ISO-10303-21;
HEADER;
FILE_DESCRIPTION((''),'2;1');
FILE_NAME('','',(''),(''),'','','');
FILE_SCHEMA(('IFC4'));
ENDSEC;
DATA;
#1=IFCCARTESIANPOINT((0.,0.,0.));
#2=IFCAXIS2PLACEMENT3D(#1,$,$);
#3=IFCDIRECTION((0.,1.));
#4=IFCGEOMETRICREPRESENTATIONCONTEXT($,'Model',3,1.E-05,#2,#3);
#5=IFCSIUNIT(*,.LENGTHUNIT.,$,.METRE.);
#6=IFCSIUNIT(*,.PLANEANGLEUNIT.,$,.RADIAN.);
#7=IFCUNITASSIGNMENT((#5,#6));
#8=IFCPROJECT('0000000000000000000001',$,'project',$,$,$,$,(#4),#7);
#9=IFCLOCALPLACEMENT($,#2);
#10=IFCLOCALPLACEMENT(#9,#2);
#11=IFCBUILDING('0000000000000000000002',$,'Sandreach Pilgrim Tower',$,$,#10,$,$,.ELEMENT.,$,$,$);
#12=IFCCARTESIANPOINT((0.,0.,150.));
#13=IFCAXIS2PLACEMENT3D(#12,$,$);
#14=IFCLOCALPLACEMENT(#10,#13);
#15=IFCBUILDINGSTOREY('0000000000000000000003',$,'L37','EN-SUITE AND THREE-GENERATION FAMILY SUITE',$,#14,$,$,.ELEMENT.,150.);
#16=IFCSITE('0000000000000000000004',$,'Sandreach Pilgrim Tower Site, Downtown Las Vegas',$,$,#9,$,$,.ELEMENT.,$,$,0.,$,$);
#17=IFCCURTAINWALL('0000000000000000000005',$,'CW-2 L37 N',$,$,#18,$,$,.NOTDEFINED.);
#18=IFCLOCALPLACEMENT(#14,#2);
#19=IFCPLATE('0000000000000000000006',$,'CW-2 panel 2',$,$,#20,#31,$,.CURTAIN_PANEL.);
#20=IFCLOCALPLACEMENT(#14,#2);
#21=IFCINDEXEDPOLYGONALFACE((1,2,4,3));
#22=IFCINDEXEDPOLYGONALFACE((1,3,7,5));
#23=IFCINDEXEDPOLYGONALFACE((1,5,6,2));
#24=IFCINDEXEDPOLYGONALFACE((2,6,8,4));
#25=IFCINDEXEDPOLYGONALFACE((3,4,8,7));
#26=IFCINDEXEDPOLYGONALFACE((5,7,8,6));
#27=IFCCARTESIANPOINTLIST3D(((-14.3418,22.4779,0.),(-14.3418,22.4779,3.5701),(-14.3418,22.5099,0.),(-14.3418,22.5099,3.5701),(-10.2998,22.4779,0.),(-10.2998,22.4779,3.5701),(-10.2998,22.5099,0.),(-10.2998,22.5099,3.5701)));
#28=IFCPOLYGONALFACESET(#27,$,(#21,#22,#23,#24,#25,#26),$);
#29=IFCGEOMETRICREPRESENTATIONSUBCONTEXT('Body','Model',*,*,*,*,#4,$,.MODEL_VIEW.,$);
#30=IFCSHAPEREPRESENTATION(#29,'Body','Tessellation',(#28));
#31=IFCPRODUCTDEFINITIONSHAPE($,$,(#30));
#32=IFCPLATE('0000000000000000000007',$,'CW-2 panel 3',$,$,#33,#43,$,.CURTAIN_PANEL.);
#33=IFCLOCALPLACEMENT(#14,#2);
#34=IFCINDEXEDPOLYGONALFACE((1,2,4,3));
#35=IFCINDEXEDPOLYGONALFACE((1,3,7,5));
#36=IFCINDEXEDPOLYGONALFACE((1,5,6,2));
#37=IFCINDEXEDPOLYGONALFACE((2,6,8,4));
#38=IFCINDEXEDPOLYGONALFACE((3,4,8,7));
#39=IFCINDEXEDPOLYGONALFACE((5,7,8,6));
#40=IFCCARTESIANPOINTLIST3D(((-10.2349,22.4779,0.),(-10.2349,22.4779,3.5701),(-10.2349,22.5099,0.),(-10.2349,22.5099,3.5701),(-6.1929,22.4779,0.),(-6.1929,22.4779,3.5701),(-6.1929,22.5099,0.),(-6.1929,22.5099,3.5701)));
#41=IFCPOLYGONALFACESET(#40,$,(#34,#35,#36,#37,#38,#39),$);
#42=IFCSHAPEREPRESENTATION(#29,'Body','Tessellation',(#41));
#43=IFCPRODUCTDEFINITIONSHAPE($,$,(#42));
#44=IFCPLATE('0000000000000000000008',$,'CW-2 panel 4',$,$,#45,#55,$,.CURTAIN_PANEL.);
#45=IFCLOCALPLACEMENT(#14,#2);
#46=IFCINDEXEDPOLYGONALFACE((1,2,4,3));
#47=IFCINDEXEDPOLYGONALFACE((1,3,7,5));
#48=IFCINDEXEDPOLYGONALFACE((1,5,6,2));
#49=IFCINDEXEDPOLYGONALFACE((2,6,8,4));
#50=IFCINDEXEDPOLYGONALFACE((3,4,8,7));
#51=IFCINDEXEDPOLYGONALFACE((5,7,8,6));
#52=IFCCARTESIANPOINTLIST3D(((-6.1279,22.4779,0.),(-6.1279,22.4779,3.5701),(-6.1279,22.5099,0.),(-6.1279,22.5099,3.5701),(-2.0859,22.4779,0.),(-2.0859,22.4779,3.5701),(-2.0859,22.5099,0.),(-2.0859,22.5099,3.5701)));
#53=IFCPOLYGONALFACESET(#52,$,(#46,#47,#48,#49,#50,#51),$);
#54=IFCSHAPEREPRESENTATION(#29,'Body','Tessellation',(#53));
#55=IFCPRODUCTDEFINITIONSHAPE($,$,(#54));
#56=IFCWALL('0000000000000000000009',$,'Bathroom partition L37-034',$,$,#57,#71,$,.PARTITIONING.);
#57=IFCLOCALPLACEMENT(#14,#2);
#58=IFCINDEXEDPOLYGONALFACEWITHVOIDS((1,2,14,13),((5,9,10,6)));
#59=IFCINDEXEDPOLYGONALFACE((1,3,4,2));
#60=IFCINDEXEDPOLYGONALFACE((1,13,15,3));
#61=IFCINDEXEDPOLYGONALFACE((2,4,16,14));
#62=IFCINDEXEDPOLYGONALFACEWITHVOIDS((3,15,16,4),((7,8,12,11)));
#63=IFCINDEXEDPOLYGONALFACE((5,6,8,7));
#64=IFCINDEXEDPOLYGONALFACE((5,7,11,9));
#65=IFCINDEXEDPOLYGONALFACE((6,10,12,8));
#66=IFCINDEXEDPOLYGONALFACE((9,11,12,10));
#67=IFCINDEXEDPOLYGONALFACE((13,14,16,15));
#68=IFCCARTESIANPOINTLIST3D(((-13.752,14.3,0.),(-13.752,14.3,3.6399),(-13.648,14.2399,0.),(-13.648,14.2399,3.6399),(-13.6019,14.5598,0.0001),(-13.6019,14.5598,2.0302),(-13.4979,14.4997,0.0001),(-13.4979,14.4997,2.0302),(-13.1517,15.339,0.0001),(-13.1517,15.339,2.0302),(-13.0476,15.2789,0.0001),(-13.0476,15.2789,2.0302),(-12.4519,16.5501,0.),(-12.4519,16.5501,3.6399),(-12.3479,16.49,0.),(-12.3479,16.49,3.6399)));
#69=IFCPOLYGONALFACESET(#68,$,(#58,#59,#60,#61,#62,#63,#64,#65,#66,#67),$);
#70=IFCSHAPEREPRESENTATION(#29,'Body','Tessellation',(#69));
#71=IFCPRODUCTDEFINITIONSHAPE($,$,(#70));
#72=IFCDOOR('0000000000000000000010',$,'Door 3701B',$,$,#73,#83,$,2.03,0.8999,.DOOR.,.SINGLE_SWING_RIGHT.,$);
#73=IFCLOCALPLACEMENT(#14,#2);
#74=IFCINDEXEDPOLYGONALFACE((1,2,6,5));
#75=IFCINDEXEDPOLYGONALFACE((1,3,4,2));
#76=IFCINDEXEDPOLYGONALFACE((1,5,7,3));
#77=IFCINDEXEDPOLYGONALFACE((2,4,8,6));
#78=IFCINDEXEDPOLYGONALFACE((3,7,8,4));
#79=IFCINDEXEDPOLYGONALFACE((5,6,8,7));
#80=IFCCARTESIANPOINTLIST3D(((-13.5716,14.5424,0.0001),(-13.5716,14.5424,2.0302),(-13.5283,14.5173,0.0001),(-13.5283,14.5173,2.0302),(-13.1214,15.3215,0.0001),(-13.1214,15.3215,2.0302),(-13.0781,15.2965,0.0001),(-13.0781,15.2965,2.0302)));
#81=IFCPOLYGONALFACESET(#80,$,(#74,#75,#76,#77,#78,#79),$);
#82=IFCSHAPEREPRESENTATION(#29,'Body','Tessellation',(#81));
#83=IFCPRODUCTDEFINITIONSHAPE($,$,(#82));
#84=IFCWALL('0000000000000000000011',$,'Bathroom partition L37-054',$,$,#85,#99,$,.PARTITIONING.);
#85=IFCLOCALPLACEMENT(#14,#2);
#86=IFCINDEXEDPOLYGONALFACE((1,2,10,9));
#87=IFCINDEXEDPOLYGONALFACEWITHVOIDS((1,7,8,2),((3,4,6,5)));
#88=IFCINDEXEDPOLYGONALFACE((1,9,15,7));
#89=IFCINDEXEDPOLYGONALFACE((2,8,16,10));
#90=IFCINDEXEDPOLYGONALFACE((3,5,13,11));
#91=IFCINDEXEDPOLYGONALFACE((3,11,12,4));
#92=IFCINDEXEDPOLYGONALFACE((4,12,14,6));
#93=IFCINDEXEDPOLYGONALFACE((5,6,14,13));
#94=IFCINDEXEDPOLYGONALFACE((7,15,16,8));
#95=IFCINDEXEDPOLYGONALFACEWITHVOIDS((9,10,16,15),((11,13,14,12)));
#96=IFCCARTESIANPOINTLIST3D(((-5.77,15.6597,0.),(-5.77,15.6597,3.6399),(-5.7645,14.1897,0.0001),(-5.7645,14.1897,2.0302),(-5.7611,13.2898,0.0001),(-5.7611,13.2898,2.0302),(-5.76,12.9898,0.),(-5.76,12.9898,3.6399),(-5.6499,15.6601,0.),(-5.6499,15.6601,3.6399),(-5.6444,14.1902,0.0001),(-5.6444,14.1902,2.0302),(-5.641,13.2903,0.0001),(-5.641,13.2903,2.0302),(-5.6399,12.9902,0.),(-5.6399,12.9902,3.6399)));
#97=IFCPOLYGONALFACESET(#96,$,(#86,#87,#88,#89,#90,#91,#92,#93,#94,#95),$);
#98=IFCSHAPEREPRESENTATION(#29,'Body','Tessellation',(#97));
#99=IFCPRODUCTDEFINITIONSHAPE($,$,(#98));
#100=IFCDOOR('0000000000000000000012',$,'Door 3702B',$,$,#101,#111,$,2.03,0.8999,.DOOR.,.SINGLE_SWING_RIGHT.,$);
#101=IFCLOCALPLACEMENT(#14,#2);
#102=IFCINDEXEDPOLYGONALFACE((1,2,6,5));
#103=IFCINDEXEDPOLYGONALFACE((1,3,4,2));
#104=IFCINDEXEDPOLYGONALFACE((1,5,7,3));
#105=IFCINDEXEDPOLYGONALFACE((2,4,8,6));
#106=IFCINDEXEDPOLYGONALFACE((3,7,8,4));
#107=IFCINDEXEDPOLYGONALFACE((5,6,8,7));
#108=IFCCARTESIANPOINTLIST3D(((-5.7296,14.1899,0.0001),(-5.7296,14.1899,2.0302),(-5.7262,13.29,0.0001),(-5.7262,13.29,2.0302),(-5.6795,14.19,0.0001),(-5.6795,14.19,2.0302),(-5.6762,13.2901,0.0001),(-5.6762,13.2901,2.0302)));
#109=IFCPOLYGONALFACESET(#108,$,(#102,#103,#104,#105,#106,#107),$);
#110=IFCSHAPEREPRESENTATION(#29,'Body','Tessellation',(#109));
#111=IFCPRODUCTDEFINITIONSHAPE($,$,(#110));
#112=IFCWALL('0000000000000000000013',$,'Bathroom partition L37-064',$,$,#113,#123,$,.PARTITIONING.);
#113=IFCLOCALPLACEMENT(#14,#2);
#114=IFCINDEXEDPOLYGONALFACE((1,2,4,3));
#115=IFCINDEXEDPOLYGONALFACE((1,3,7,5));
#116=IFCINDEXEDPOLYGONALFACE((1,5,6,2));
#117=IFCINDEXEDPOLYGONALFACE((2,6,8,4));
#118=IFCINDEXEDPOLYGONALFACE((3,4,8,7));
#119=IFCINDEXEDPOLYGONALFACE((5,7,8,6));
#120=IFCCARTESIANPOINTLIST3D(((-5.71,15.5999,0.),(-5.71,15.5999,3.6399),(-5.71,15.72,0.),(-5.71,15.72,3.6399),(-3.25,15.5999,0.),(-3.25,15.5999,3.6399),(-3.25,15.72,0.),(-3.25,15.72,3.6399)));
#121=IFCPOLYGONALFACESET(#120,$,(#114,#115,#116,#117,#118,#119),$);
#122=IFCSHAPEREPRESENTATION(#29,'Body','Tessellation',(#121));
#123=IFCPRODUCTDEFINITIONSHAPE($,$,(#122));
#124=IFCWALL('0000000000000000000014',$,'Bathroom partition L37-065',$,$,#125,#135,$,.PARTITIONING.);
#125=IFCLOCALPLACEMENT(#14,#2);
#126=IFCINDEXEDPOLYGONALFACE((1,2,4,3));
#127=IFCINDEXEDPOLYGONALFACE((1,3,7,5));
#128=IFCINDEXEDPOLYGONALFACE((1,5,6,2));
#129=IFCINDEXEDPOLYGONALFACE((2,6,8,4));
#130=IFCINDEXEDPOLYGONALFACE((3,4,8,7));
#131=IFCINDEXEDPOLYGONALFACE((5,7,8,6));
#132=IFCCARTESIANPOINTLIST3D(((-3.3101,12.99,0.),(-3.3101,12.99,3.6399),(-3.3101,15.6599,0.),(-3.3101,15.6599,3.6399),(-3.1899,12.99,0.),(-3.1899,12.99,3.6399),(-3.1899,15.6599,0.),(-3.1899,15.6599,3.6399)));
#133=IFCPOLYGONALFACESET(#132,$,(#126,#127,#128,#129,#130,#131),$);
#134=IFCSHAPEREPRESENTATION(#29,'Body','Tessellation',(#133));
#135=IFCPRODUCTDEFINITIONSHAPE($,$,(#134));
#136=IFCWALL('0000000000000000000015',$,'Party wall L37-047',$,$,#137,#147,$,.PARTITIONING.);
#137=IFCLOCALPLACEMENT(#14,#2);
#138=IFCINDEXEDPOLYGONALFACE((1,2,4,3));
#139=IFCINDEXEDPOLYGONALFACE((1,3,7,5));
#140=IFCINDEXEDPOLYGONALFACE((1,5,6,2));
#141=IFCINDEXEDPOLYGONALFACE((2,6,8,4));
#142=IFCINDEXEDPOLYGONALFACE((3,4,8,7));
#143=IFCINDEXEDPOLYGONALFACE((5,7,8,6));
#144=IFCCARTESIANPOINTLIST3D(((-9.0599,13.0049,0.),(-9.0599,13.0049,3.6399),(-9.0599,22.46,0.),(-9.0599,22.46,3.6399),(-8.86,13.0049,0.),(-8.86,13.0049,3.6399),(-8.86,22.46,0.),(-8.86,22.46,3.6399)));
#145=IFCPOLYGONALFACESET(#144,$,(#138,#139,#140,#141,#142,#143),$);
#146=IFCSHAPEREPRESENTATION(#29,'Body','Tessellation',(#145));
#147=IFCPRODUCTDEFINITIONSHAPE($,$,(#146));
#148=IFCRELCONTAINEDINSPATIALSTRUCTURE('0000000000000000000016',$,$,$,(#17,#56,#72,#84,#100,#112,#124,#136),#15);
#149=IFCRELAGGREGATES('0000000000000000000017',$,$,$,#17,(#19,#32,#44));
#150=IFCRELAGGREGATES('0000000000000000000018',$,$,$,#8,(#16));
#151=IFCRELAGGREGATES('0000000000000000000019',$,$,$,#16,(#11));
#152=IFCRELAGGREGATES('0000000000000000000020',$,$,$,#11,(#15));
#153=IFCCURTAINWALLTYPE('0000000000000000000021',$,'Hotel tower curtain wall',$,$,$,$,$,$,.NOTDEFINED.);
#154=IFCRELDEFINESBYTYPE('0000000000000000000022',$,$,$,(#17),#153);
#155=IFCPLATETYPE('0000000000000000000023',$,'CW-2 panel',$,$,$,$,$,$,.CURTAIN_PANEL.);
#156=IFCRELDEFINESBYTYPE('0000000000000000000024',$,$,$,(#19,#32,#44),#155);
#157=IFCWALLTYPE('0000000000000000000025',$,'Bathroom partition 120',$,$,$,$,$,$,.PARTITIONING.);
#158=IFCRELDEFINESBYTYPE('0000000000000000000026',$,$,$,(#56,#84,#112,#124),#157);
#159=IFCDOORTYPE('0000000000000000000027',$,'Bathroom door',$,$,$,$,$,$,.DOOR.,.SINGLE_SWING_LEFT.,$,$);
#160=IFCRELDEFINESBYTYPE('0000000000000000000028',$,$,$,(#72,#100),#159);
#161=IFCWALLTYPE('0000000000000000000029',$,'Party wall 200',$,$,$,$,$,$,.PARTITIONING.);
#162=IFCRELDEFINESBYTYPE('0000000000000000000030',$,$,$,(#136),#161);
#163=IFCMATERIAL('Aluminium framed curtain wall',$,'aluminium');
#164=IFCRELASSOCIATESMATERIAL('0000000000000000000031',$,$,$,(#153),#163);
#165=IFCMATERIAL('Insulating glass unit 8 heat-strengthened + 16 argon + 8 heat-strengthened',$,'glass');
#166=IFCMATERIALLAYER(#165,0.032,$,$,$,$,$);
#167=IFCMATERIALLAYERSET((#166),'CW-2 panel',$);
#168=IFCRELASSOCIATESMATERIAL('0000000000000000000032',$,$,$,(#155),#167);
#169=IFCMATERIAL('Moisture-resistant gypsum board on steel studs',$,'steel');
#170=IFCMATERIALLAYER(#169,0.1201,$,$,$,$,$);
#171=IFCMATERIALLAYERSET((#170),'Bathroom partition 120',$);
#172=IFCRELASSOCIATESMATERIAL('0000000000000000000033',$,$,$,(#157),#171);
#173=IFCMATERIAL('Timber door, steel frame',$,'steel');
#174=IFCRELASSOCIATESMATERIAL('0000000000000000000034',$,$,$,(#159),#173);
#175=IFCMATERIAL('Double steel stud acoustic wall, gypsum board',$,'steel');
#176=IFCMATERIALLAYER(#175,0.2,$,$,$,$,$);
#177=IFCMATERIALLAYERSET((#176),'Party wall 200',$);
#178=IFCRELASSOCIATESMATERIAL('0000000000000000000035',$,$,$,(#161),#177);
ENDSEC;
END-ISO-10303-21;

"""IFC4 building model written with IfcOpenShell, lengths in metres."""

from ifc_helpers import new_model, si_unit, direction, frame, frame_2d, origin, origin_2d, place, context, subcontext, project, spatial, rectangle, extrude, material, layer, layer_set, type_object, element, fill, aggregate, save


model = new_model("IFC4")

# Units and contexts
model_context = context("Model", 3, precision=1e-05, world=origin(), true_north=direction((0.0, 1.0)))
body_context = subcontext(model_context, "Body", "Model", "MODEL_VIEW")
ifc_project = project(units=[si_unit("LENGTHUNIT", "METRE"), si_unit("PLANEANGLEUNIT", "RADIAN")], contexts=[model_context])

# Site, building, storey
site_placement = place(None, origin())
site = spatial("IfcSite", under=ifc_project, at=site_placement, Name="Sandreach Pilgrim Tower Site, Downtown Las Vegas", CompositionType="ELEMENT", RefElevation=0.0)
building_placement = place(site_placement, origin())
building = spatial("IfcBuilding", under=site, at=building_placement, Name="Sandreach Pilgrim Tower", CompositionType="ELEMENT")
storey_placement = place(building_placement, frame((0.0, 0.0, 150.0)))
storey = spatial("IfcBuildingStorey", under=building, at=storey_placement, Name="L37", Description="EN-SUITE AND THREE-GENERATION FAMILY SUITE", CompositionType="ELEMENT", Elevation=150.0)

# Curtain wall
ifc_material_1 = material(Name="Aluminium framed curtain wall", Category="aluminium")
curtain_wall_type = type_object("IfcCurtainWallType", Name="Hotel tower curtain wall", PredefinedType="NOTDEFINED", material=ifc_material_1)
curtain_wall_placement = place(storey_placement, origin())
curtain_wall = element("IfcCurtainWall", 1, at=curtain_wall_placement, inside=storey, type_object=curtain_wall_type, Name="CW-2 L37 N", PredefinedType="NOTDEFINED")

# Plates
ifc_material_2 = material(Name="Insulating glass unit 8 heat-strengthened + 16 argon + 8 heat-strengthened", Category="glass")
ifc_layer_1 = layer(ifc_material_2, 0.032)
ifc_layer_set_1 = layer_set([ifc_layer_1], Name="CW-2 panel")
plate_type = type_object("IfcPlateType", Name="CW-2 panel", PredefinedType="CURTAIN_PANEL", material=ifc_layer_set_1)
plate_1_placement = place(storey_placement, frame((-12.3208, 22.4939, 0.0), z_axis=(0.0, 0.0, 1.0), x_axis=(1.0, 0.0, 0.0)))
plate_1 = element("IfcPlate", 2, at=plate_1_placement, type_object=plate_type, Name="CW-2 panel 2", PredefinedType="CURTAIN_PANEL", context=body_context, shape_type="SweptSolid", body=[
    extrude(rectangle(XDim=4.042, YDim=0.032, at=origin_2d()), origin(), (0.0, 0.0, 1.0), 3.5701),
])
plate_2_placement = place(storey_placement, frame((-8.2139, 22.4939, 0.0), z_axis=(0.0, 0.0, 1.0), x_axis=(1.0, 0.0, 0.0)))
plate_2 = element("IfcPlate", 3, at=plate_2_placement, type_object=plate_type, Name="CW-2 panel 3", PredefinedType="CURTAIN_PANEL", context=body_context, shape_type="SweptSolid", body=[
    extrude(rectangle(XDim=4.042, YDim=0.032, at=origin_2d()), origin(), (0.0, 0.0, 1.0), 3.5701),
])
plate_3_placement = place(storey_placement, frame((-4.1069, 22.4939, 0.0), z_axis=(0.0, 0.0, 1.0), x_axis=(1.0, 0.0, 0.0)))
plate_3 = element("IfcPlate", 4, at=plate_3_placement, type_object=plate_type, Name="CW-2 panel 4", PredefinedType="CURTAIN_PANEL", context=body_context, shape_type="SweptSolid", body=[
    extrude(rectangle(XDim=4.042, YDim=0.032, at=origin_2d()), origin(), (0.0, 0.0, 1.0), 3.5701),
])
aggregate(curtain_wall, [plate_1, plate_2, plate_3])

# Walls, openings, doors
ifc_material_3 = material(Name="Moisture-resistant gypsum board on steel studs", Category="steel")
ifc_layer_2 = layer(ifc_material_3, 0.1201)
ifc_layer_set_2 = layer_set([ifc_layer_2], Name="Bathroom partition 120")
wall_type_1 = type_object("IfcWallType", Name="Bathroom partition 120", PredefinedType="PARTITIONING", material=ifc_layer_set_2)
wall_1_placement = place(storey_placement, frame((-12.3999, 16.52, 0.0), z_axis=(0.0, 0.0, 1.0), x_axis=(-0.500292, -0.865857, 0.0)))
wall_1 = element("IfcWall", 5, at=wall_1_placement, inside=storey, type_object=wall_type_1, Name="Bathroom partition L37-034", PredefinedType="PARTITIONING", context=body_context, shape_type="SweptSolid", body=[
    extrude(rectangle(XDim=2.5986, YDim=0.1201, at=frame_2d((1.2993, 0.0))), origin(), (0.0, 0.0, 1.0), 3.6399),
])
opening_1_placement = place(wall_1_placement, frame((1.3987, 0.0, 0.0)))
opening_1 = element("IfcOpeningElement", 6, at=opening_1_placement, cuts=wall_1, PredefinedType="OPENING", context=body_context, shape_type="SweptSolid", body=[
    extrude(rectangle(XDim=0.8999, YDim=2.03, at=frame_2d((0.45, 1.0151))), frame((0.0, 0.0601, 0.0), z_axis=(0.0, -1.0, 0.0), x_axis=(1.0, 0.0, 0.0)), (0.0, 0.0, 1.0), 0.1201),
])
ifc_material_4 = material(Name="Timber door, steel frame", Category="steel")
door_type_1 = type_object("IfcDoorType", Name="Bathroom door", OperationType="SINGLE_SWING_LEFT", PredefinedType="DOOR", material=ifc_material_4)
door_1_placement = place(opening_1_placement, origin())
door_1 = element("IfcDoor", 7, at=door_1_placement, inside=storey, type_object=door_type_1, Name="Door 3701B", OperationType="SINGLE_SWING_RIGHT", OverallHeight=2.03, OverallWidth=0.8999, PredefinedType="DOOR", context=body_context, shape_type="SweptSolid", body=[
    extrude(rectangle(XDim=0.8999, YDim=2.03, at=frame_2d((0.45, 1.0151))), frame((0.0, 0.0249, 0.0), z_axis=(0.0, -1.0, 0.0), x_axis=(1.0, 0.0, 0.0)), (0.0, 0.0, 1.0), 0.05),
])
fill(opening_1, door_1)
wall_2_placement = place(storey_placement, frame((-5.71, 15.6599, 0.0), z_axis=(0.0, 0.0, 1.0), x_axis=(0.003749, -0.999993, 0.0)))
wall_2 = element("IfcWall", 8, at=wall_2_placement, inside=storey, type_object=wall_type_1, Name="Bathroom partition L37-054", PredefinedType="PARTITIONING", context=body_context, shape_type="SweptSolid", body=[
    extrude(rectangle(XDim=2.6699, YDim=0.1201, at=frame_2d((1.335, 0.0))), origin(), (0.0, 0.0, 1.0), 3.6399),
])
opening_2_placement = place(wall_2_placement, frame((1.47, 0.0, 0.0)))
opening_2 = element("IfcOpeningElement", 9, at=opening_2_placement, cuts=wall_2, PredefinedType="OPENING", context=body_context, shape_type="SweptSolid", body=[
    extrude(rectangle(XDim=0.8999, YDim=2.03, at=frame_2d((0.45, 1.0151))), frame((0.0, 0.0601, 0.0), z_axis=(0.0, -1.0, 0.0), x_axis=(1.0, 0.0, 0.0)), (0.0, 0.0, 1.0), 0.1201),
])
door_2_placement = place(opening_2_placement, origin())
door_2 = element("IfcDoor", 10, at=door_2_placement, inside=storey, type_object=door_type_1, Name="Door 3702B", OperationType="SINGLE_SWING_RIGHT", OverallHeight=2.03, OverallWidth=0.8999, PredefinedType="DOOR", context=body_context, shape_type="SweptSolid", body=[
    extrude(rectangle(XDim=0.8999, YDim=2.03, at=frame_2d((0.45, 1.0151))), frame((0.0, 0.0249, 0.0), z_axis=(0.0, -1.0, 0.0), x_axis=(1.0, 0.0, 0.0)), (0.0, 0.0, 1.0), 0.05),
])
fill(opening_2, door_2)

# Walls
wall_3_placement = place(storey_placement, frame((-3.25, 15.6599, 0.0), z_axis=(0.0, 0.0, 1.0), x_axis=(-1.0, 0.0, 0.0)))
element("IfcWall", 11, at=wall_3_placement, inside=storey, type_object=wall_type_1, Name="Bathroom partition L37-064", PredefinedType="PARTITIONING", context=body_context, shape_type="SweptSolid", body=[
    extrude(rectangle(XDim=2.46, YDim=0.1201, at=frame_2d((1.23, 0.0))), origin(), (0.0, 0.0, 1.0), 3.6399),
])
wall_4_placement = place(storey_placement, frame((-3.25, 15.6599, 0.0), z_axis=(0.0, 0.0, 1.0), x_axis=(0.0, -1.0, 0.0)))
element("IfcWall", 12, at=wall_4_placement, inside=storey, type_object=wall_type_1, Name="Bathroom partition L37-065", PredefinedType="PARTITIONING", context=body_context, shape_type="SweptSolid", body=[
    extrude(rectangle(XDim=2.6699, YDim=0.1201, at=frame_2d((1.335, 0.0))), origin(), (0.0, 0.0, 1.0), 3.6399),
])

# Wall
ifc_material_5 = material(Name="Double steel stud acoustic wall, gypsum board", Category="steel")
ifc_layer_3 = layer(ifc_material_5, 0.2)
ifc_layer_set_3 = layer_set([ifc_layer_3], Name="Party wall 200")
wall_type_2 = type_object("IfcWallType", Name="Party wall 200", PredefinedType="PARTITIONING", material=ifc_layer_set_3)
wall_5_placement = place(storey_placement, frame((-8.96, 22.46, 0.0), z_axis=(0.0, 0.0, 1.0), x_axis=(0.0, -1.0, 0.0)))
element("IfcWall", 13, at=wall_5_placement, inside=storey, type_object=wall_type_2, Name="Party wall L37-047", PredefinedType="PARTITIONING", context=body_context, shape_type="SweptSolid", body=[
    extrude(rectangle(XDim=9.4551, YDim=0.2, at=frame_2d((4.7275, 0.0))), origin(), (0.0, 0.0, 1.0), 3.6399),
])

save(model, "model.ifc")
